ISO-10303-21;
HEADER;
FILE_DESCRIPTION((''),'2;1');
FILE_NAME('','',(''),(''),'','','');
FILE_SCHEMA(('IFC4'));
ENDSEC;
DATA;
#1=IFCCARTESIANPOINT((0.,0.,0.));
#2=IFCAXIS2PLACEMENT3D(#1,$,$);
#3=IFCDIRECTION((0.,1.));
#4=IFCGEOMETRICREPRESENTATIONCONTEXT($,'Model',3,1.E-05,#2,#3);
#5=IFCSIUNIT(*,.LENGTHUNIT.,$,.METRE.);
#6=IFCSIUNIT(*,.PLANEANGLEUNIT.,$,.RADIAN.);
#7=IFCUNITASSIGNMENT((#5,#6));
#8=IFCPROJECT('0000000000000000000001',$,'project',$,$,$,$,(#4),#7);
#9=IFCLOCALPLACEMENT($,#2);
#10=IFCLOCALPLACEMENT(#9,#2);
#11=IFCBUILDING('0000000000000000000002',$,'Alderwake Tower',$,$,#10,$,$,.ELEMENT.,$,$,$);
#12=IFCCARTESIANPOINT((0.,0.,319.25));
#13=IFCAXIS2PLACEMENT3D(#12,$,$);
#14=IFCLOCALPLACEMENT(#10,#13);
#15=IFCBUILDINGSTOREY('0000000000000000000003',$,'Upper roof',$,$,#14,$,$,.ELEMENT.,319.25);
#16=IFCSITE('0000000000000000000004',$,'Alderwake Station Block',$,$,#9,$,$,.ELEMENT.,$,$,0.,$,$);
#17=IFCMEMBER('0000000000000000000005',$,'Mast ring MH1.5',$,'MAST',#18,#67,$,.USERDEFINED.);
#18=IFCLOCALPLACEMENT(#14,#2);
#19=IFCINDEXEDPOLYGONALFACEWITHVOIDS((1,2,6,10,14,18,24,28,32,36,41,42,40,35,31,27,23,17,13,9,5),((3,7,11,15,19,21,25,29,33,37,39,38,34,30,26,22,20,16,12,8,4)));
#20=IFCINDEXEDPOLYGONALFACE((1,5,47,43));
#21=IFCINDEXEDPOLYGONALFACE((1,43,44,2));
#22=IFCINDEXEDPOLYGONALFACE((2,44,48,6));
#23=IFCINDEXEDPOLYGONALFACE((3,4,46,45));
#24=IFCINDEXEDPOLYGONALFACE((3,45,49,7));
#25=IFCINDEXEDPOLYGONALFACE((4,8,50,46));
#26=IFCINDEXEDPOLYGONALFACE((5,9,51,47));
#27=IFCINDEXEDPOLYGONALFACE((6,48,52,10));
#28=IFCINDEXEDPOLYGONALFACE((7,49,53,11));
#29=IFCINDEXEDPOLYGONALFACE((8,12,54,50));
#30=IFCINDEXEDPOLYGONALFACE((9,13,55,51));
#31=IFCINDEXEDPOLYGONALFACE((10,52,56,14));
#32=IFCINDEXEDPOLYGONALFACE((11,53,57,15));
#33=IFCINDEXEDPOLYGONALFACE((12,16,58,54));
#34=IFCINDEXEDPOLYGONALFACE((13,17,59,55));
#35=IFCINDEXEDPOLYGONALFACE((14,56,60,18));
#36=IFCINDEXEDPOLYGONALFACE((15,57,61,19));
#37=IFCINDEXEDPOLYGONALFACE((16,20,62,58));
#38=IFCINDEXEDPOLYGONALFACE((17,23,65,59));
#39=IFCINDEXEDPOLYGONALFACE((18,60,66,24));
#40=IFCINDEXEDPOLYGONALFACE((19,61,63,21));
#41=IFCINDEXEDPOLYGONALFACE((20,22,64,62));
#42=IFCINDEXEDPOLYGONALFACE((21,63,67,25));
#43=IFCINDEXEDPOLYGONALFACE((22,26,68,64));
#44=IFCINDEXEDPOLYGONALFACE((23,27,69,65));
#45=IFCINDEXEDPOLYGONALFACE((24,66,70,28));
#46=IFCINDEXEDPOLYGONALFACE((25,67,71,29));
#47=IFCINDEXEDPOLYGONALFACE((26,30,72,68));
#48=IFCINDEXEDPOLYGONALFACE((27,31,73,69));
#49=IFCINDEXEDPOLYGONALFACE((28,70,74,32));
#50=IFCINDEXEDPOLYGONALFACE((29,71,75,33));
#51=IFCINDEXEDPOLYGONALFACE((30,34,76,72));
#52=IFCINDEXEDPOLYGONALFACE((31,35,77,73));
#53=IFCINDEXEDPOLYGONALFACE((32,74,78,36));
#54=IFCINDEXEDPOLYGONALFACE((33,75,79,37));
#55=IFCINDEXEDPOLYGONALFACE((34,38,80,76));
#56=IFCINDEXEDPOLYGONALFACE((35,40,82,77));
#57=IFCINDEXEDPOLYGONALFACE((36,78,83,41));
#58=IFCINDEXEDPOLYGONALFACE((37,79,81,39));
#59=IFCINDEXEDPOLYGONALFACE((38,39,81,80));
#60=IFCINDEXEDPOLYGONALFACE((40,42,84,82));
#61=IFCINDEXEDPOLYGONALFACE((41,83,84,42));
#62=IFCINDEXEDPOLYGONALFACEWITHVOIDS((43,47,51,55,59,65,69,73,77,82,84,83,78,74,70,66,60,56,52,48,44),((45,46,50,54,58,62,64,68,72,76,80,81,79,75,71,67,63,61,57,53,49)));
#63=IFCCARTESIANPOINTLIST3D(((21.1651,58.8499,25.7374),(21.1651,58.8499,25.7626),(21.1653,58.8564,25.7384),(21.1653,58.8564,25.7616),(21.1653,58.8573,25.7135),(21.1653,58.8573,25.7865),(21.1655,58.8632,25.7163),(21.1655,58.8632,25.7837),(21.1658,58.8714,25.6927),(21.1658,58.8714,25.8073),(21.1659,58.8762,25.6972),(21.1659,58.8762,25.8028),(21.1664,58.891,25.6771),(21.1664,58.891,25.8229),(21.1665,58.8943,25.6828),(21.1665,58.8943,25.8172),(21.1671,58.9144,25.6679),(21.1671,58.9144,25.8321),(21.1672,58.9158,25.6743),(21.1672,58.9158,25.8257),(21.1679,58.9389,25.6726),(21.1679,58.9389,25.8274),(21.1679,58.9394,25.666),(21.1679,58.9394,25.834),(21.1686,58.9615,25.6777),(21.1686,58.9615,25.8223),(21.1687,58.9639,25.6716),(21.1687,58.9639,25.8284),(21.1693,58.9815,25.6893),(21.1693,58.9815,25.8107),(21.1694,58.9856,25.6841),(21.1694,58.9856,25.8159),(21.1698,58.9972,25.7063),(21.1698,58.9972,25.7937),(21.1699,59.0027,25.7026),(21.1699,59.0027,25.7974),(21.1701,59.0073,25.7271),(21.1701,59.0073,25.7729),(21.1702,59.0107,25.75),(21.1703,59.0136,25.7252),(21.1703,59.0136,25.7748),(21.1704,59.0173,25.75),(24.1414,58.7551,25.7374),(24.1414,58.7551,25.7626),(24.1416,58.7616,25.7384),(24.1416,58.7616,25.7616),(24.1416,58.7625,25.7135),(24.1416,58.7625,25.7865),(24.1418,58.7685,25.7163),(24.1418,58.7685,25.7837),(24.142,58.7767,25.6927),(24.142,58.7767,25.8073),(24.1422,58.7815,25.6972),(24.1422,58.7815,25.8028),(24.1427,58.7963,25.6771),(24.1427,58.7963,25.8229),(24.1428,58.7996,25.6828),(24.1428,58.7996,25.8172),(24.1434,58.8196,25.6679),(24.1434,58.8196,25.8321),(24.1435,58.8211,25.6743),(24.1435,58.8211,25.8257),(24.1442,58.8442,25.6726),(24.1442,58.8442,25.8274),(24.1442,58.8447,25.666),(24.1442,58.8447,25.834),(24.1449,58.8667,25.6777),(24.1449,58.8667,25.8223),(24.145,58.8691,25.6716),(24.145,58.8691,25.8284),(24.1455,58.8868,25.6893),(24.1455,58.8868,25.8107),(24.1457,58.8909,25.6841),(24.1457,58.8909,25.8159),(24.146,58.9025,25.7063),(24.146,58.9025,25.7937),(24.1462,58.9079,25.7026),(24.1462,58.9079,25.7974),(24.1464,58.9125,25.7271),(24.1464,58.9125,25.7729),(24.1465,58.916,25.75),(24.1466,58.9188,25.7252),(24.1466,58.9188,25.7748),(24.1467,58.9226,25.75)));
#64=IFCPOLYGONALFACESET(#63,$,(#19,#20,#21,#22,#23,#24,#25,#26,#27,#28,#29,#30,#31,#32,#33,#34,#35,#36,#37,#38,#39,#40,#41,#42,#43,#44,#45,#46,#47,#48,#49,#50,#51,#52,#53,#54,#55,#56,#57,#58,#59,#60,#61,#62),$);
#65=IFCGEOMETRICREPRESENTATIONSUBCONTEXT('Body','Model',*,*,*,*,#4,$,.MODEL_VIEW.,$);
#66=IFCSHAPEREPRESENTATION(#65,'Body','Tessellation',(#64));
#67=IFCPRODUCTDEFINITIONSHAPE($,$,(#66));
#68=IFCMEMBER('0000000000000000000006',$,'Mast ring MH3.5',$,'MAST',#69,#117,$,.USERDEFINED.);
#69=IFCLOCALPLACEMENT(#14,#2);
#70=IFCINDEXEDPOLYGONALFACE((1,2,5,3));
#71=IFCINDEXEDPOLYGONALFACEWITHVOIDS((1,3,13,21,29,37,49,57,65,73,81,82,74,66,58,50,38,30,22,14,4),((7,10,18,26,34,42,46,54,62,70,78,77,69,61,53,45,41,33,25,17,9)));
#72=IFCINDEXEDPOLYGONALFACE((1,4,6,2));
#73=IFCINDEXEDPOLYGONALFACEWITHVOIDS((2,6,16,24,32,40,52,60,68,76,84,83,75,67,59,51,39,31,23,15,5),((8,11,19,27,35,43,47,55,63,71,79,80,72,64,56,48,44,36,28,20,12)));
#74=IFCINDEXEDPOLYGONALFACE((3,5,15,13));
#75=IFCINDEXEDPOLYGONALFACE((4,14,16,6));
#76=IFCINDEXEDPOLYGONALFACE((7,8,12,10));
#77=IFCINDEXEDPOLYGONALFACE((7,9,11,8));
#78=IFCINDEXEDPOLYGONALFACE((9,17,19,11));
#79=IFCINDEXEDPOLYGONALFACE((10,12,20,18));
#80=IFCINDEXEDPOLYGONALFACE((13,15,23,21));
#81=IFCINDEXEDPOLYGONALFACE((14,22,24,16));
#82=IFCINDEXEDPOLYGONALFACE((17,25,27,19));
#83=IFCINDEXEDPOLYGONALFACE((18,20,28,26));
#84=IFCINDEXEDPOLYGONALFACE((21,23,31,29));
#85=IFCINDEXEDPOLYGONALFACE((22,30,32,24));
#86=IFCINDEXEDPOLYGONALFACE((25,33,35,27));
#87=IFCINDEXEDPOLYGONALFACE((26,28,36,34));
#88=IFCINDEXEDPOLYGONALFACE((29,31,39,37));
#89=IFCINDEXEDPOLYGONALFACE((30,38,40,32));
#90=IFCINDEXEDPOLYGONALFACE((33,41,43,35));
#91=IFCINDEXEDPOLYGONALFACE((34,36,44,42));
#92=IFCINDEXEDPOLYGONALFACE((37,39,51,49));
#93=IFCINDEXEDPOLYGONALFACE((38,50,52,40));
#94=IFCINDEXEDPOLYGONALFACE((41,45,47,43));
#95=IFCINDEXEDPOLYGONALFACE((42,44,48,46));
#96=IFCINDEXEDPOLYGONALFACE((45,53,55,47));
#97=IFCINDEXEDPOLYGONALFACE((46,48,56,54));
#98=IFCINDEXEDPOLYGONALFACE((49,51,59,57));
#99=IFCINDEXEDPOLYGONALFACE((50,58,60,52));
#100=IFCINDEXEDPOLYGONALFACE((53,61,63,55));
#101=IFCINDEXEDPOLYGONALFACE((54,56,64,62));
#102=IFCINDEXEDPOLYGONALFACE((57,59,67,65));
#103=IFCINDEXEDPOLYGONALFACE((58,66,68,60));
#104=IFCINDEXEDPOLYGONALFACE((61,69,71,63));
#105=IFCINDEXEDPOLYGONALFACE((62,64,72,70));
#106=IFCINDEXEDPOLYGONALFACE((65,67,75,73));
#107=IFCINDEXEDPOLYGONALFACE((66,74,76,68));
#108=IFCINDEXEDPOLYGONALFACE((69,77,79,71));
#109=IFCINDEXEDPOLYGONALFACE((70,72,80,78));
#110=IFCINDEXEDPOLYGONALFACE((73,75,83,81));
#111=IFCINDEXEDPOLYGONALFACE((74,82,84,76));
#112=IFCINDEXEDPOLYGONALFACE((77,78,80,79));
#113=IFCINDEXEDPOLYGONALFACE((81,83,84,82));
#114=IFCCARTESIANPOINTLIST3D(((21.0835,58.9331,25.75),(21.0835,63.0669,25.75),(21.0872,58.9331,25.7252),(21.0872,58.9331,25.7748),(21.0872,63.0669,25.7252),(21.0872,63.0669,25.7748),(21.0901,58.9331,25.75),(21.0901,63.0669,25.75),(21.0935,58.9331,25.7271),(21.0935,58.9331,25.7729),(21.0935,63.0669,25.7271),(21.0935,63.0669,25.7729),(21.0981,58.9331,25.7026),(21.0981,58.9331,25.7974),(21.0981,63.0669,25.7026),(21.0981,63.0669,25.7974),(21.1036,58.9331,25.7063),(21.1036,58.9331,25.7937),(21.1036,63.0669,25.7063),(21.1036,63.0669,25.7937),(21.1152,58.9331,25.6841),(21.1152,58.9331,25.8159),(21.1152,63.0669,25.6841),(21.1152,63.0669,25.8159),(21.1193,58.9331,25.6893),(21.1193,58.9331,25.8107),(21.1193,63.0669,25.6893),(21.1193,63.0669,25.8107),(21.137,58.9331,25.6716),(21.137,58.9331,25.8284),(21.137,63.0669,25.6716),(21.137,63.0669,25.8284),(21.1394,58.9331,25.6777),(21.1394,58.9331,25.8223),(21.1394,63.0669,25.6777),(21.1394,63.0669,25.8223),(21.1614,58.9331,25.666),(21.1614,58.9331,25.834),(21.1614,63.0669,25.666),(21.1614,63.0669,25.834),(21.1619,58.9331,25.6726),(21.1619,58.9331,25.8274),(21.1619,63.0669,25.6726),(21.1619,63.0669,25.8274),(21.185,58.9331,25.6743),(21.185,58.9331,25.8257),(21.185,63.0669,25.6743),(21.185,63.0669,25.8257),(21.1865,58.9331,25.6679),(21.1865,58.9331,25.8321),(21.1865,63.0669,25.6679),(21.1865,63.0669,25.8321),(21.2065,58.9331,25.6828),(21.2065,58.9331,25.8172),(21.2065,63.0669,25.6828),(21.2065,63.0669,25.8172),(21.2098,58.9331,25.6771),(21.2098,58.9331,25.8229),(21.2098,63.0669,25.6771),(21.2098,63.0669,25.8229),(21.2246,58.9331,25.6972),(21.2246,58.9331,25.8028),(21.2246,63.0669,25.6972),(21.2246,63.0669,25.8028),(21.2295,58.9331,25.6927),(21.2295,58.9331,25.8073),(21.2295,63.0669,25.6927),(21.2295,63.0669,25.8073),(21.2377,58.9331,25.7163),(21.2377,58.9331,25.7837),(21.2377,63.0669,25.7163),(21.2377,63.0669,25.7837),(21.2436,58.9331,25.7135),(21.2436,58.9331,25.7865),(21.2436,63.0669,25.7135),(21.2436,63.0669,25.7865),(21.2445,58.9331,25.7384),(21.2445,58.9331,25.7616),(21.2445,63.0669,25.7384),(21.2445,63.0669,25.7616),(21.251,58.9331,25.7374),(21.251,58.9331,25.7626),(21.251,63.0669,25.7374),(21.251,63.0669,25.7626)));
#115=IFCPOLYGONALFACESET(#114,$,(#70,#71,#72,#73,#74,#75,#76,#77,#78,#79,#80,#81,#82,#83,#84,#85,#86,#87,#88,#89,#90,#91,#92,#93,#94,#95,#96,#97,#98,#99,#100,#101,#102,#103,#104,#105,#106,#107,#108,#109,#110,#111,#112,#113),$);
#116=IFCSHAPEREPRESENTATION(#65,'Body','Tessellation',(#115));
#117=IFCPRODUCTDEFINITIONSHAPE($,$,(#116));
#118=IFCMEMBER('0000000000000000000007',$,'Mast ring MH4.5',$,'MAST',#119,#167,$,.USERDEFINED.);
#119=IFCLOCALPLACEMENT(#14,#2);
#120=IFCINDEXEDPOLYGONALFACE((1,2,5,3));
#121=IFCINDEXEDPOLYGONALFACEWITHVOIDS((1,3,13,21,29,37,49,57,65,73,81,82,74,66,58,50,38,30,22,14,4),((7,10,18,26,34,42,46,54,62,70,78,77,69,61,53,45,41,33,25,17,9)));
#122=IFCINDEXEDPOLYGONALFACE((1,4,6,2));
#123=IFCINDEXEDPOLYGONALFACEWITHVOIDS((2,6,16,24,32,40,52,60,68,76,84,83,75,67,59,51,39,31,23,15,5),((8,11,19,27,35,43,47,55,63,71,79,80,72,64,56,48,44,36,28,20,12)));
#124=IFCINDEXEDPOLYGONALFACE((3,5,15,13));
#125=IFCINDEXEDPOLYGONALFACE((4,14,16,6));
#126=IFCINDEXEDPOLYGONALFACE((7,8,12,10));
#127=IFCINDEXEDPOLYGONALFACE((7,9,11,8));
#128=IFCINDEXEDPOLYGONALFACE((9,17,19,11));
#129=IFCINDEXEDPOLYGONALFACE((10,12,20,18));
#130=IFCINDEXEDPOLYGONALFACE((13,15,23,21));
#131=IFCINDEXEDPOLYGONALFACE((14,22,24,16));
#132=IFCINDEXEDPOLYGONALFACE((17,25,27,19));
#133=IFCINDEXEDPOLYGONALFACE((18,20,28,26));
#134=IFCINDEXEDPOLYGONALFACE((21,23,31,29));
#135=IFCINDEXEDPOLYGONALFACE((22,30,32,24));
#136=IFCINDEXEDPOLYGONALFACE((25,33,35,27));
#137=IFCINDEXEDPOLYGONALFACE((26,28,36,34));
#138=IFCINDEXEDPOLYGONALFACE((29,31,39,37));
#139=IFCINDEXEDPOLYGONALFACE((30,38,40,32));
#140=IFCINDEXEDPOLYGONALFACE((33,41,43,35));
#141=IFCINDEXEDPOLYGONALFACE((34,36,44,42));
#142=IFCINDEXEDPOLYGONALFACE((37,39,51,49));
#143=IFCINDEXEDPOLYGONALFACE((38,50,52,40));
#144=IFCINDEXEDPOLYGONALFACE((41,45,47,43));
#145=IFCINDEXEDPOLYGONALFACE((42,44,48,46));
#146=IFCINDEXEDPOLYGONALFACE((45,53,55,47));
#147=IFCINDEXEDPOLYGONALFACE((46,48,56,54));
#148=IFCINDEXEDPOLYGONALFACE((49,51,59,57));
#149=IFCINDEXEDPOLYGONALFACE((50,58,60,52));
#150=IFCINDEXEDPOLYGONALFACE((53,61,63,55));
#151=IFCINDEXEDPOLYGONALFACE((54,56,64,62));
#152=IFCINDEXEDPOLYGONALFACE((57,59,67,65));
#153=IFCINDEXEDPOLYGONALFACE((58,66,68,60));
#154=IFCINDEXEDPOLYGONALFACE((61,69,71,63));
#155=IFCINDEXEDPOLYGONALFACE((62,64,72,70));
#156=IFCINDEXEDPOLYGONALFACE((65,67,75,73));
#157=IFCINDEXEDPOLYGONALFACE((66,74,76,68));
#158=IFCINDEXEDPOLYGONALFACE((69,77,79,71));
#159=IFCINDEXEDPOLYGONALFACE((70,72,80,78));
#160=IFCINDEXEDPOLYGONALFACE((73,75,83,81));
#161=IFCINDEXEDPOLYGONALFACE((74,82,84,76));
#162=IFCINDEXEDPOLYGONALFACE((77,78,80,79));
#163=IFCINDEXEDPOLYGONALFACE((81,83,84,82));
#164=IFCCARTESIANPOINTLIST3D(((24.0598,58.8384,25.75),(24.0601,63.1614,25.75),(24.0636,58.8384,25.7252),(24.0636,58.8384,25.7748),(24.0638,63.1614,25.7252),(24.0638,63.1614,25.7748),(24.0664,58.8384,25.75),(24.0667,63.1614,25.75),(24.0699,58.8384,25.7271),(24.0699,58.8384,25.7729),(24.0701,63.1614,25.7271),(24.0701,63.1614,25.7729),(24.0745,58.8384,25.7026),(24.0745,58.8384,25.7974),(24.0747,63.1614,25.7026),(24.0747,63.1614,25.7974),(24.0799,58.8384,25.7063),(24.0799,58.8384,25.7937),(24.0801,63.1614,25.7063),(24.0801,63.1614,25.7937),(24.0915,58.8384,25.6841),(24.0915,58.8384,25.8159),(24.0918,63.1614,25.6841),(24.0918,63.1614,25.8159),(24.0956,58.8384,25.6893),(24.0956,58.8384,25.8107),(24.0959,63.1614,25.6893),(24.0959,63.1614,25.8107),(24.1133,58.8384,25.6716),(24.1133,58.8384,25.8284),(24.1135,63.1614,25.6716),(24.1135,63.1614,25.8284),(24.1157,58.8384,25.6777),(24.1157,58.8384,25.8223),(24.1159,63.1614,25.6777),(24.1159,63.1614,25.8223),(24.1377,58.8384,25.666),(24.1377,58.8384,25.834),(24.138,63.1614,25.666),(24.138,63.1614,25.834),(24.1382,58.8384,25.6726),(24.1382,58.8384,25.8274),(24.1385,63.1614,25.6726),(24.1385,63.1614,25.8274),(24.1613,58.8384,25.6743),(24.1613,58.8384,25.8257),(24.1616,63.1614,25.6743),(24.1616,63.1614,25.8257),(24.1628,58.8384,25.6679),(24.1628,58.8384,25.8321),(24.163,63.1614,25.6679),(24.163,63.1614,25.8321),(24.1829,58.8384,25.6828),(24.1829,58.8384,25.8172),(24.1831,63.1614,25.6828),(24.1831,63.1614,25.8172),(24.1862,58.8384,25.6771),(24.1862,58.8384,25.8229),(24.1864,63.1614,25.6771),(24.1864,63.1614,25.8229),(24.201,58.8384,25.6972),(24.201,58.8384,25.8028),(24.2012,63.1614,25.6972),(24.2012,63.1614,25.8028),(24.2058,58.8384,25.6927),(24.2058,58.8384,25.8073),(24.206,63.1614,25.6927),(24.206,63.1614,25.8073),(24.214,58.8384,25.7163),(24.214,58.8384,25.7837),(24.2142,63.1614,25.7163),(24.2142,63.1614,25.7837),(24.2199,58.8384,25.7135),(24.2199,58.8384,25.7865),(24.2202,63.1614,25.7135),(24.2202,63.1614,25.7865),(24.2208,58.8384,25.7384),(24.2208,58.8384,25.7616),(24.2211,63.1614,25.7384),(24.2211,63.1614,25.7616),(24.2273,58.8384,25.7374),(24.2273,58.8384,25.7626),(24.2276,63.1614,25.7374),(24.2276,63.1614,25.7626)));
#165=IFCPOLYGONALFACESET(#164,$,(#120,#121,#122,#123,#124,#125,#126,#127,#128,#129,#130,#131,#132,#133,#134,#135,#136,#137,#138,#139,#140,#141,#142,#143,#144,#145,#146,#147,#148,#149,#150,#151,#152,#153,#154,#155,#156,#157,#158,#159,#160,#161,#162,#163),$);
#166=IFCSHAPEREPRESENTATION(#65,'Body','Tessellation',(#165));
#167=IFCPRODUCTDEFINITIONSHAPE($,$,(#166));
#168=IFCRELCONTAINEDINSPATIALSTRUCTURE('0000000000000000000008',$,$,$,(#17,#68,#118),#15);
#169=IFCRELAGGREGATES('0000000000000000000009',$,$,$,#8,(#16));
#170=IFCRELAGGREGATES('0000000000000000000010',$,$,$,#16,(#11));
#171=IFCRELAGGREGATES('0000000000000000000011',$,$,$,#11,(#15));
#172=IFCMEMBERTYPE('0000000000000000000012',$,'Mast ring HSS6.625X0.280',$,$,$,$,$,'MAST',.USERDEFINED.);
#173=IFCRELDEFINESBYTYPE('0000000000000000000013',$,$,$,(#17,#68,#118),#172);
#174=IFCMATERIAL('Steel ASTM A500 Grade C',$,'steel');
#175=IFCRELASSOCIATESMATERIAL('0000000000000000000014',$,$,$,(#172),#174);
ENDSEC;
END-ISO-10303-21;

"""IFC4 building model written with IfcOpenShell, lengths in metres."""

from ifc_helpers import new_model, si_unit, direction, frame, origin, origin_2d, place, context, subcontext, project, spatial, hollow_circle, extrude, material, material_profile, profile_set, type_object, element, save


model = new_model("IFC4")

# Units and contexts
model_context = context("Model", 3, precision=1e-05, world=origin(), true_north=direction((0.0, 1.0)))
body_context = subcontext(model_context, "Body", "Model", "MODEL_VIEW")
ifc_project = project(units=[si_unit("LENGTHUNIT", "METRE"), si_unit("PLANEANGLEUNIT", "RADIAN")], contexts=[model_context])

# Site, building, storey
site_placement = place(None, origin())
site = spatial("IfcSite", under=ifc_project, at=site_placement, Name="Alderwake Station Block", CompositionType="ELEMENT", RefElevation=0.0)
building_placement = place(site_placement, origin())
building = spatial("IfcBuilding", under=site, at=building_placement, Name="Alderwake Tower", CompositionType="ELEMENT")
storey_placement = place(building_placement, frame((0.0, 0.0, 319.25)))
storey = spatial("IfcBuildingStorey", under=building, at=storey_placement, Name="Upper roof", CompositionType="ELEMENT", Elevation=319.25)

# Members
ifc_material_1 = material(Name="Steel ASTM A500 Grade C", Category="steel")
ifc_material_profile_1 = material_profile(ifc_material_1, hollow_circle(Radius=0.0842, WallThickness=0.0066, at=origin_2d()), Name="HSS6.625X0.280")
ifc_profile_set_1 = profile_set([ifc_material_profile_1], Name="Steel ASTM A500 Grade C")
member_type_1 = type_object("IfcMemberType", Name="Mast ring HSS6.625X0.280", ElementType="MAST", PredefinedType="USERDEFINED", material=ifc_profile_set_1)
member_1_placement = place(storey_placement, frame((21.1677, 58.9331, 25.75), z_axis=(0.999494, -0.031811, 0.0), x_axis=(0.031811, 0.999494, 0.0)))
element("IfcMember", 1, at=member_1_placement, inside=storey, type_object=member_type_1, Name="Mast ring MH1.5", ObjectType="MAST", PredefinedType="USERDEFINED", context=body_context, shape_type="SweptSolid", body=[
    extrude(hollow_circle(Radius=0.0842, WallThickness=0.0066, at=origin_2d()), origin(), (0.0, 0.0, 1.0), 2.9778),
])
member_2_placement = place(storey_placement, frame((21.1677, 58.9331, 25.75), z_axis=(0.0, 1.0, 0.0), x_axis=(-1.0, 0.0, 0.0)))
element("IfcMember", 2, at=member_2_placement, inside=storey, type_object=member_type_1, Name="Mast ring MH3.5", ObjectType="MAST", PredefinedType="USERDEFINED", context=body_context, shape_type="SweptSolid", body=[
    extrude(hollow_circle(Radius=0.0842, WallThickness=0.0066, at=origin_2d()), origin(), (0.0, 0.0, 1.0), 4.1338),
])
member_3_placement = place(storey_placement, frame((24.144, 58.8384, 25.75), z_axis=(0.000056, 1.0, 0.0), x_axis=(-1.0, 0.000056, 0.0)))
element("IfcMember", 3, at=member_3_placement, inside=storey, type_object=member_type_1, Name="Mast ring MH4.5", ObjectType="MAST", PredefinedType="USERDEFINED", context=body_context, shape_type="SweptSolid", body=[
    extrude(hollow_circle(Radius=0.0842, WallThickness=0.0066, at=origin_2d()), origin(), (0.0, 0.0, 1.0), 4.323),
])

save(model, "model.ifc")
